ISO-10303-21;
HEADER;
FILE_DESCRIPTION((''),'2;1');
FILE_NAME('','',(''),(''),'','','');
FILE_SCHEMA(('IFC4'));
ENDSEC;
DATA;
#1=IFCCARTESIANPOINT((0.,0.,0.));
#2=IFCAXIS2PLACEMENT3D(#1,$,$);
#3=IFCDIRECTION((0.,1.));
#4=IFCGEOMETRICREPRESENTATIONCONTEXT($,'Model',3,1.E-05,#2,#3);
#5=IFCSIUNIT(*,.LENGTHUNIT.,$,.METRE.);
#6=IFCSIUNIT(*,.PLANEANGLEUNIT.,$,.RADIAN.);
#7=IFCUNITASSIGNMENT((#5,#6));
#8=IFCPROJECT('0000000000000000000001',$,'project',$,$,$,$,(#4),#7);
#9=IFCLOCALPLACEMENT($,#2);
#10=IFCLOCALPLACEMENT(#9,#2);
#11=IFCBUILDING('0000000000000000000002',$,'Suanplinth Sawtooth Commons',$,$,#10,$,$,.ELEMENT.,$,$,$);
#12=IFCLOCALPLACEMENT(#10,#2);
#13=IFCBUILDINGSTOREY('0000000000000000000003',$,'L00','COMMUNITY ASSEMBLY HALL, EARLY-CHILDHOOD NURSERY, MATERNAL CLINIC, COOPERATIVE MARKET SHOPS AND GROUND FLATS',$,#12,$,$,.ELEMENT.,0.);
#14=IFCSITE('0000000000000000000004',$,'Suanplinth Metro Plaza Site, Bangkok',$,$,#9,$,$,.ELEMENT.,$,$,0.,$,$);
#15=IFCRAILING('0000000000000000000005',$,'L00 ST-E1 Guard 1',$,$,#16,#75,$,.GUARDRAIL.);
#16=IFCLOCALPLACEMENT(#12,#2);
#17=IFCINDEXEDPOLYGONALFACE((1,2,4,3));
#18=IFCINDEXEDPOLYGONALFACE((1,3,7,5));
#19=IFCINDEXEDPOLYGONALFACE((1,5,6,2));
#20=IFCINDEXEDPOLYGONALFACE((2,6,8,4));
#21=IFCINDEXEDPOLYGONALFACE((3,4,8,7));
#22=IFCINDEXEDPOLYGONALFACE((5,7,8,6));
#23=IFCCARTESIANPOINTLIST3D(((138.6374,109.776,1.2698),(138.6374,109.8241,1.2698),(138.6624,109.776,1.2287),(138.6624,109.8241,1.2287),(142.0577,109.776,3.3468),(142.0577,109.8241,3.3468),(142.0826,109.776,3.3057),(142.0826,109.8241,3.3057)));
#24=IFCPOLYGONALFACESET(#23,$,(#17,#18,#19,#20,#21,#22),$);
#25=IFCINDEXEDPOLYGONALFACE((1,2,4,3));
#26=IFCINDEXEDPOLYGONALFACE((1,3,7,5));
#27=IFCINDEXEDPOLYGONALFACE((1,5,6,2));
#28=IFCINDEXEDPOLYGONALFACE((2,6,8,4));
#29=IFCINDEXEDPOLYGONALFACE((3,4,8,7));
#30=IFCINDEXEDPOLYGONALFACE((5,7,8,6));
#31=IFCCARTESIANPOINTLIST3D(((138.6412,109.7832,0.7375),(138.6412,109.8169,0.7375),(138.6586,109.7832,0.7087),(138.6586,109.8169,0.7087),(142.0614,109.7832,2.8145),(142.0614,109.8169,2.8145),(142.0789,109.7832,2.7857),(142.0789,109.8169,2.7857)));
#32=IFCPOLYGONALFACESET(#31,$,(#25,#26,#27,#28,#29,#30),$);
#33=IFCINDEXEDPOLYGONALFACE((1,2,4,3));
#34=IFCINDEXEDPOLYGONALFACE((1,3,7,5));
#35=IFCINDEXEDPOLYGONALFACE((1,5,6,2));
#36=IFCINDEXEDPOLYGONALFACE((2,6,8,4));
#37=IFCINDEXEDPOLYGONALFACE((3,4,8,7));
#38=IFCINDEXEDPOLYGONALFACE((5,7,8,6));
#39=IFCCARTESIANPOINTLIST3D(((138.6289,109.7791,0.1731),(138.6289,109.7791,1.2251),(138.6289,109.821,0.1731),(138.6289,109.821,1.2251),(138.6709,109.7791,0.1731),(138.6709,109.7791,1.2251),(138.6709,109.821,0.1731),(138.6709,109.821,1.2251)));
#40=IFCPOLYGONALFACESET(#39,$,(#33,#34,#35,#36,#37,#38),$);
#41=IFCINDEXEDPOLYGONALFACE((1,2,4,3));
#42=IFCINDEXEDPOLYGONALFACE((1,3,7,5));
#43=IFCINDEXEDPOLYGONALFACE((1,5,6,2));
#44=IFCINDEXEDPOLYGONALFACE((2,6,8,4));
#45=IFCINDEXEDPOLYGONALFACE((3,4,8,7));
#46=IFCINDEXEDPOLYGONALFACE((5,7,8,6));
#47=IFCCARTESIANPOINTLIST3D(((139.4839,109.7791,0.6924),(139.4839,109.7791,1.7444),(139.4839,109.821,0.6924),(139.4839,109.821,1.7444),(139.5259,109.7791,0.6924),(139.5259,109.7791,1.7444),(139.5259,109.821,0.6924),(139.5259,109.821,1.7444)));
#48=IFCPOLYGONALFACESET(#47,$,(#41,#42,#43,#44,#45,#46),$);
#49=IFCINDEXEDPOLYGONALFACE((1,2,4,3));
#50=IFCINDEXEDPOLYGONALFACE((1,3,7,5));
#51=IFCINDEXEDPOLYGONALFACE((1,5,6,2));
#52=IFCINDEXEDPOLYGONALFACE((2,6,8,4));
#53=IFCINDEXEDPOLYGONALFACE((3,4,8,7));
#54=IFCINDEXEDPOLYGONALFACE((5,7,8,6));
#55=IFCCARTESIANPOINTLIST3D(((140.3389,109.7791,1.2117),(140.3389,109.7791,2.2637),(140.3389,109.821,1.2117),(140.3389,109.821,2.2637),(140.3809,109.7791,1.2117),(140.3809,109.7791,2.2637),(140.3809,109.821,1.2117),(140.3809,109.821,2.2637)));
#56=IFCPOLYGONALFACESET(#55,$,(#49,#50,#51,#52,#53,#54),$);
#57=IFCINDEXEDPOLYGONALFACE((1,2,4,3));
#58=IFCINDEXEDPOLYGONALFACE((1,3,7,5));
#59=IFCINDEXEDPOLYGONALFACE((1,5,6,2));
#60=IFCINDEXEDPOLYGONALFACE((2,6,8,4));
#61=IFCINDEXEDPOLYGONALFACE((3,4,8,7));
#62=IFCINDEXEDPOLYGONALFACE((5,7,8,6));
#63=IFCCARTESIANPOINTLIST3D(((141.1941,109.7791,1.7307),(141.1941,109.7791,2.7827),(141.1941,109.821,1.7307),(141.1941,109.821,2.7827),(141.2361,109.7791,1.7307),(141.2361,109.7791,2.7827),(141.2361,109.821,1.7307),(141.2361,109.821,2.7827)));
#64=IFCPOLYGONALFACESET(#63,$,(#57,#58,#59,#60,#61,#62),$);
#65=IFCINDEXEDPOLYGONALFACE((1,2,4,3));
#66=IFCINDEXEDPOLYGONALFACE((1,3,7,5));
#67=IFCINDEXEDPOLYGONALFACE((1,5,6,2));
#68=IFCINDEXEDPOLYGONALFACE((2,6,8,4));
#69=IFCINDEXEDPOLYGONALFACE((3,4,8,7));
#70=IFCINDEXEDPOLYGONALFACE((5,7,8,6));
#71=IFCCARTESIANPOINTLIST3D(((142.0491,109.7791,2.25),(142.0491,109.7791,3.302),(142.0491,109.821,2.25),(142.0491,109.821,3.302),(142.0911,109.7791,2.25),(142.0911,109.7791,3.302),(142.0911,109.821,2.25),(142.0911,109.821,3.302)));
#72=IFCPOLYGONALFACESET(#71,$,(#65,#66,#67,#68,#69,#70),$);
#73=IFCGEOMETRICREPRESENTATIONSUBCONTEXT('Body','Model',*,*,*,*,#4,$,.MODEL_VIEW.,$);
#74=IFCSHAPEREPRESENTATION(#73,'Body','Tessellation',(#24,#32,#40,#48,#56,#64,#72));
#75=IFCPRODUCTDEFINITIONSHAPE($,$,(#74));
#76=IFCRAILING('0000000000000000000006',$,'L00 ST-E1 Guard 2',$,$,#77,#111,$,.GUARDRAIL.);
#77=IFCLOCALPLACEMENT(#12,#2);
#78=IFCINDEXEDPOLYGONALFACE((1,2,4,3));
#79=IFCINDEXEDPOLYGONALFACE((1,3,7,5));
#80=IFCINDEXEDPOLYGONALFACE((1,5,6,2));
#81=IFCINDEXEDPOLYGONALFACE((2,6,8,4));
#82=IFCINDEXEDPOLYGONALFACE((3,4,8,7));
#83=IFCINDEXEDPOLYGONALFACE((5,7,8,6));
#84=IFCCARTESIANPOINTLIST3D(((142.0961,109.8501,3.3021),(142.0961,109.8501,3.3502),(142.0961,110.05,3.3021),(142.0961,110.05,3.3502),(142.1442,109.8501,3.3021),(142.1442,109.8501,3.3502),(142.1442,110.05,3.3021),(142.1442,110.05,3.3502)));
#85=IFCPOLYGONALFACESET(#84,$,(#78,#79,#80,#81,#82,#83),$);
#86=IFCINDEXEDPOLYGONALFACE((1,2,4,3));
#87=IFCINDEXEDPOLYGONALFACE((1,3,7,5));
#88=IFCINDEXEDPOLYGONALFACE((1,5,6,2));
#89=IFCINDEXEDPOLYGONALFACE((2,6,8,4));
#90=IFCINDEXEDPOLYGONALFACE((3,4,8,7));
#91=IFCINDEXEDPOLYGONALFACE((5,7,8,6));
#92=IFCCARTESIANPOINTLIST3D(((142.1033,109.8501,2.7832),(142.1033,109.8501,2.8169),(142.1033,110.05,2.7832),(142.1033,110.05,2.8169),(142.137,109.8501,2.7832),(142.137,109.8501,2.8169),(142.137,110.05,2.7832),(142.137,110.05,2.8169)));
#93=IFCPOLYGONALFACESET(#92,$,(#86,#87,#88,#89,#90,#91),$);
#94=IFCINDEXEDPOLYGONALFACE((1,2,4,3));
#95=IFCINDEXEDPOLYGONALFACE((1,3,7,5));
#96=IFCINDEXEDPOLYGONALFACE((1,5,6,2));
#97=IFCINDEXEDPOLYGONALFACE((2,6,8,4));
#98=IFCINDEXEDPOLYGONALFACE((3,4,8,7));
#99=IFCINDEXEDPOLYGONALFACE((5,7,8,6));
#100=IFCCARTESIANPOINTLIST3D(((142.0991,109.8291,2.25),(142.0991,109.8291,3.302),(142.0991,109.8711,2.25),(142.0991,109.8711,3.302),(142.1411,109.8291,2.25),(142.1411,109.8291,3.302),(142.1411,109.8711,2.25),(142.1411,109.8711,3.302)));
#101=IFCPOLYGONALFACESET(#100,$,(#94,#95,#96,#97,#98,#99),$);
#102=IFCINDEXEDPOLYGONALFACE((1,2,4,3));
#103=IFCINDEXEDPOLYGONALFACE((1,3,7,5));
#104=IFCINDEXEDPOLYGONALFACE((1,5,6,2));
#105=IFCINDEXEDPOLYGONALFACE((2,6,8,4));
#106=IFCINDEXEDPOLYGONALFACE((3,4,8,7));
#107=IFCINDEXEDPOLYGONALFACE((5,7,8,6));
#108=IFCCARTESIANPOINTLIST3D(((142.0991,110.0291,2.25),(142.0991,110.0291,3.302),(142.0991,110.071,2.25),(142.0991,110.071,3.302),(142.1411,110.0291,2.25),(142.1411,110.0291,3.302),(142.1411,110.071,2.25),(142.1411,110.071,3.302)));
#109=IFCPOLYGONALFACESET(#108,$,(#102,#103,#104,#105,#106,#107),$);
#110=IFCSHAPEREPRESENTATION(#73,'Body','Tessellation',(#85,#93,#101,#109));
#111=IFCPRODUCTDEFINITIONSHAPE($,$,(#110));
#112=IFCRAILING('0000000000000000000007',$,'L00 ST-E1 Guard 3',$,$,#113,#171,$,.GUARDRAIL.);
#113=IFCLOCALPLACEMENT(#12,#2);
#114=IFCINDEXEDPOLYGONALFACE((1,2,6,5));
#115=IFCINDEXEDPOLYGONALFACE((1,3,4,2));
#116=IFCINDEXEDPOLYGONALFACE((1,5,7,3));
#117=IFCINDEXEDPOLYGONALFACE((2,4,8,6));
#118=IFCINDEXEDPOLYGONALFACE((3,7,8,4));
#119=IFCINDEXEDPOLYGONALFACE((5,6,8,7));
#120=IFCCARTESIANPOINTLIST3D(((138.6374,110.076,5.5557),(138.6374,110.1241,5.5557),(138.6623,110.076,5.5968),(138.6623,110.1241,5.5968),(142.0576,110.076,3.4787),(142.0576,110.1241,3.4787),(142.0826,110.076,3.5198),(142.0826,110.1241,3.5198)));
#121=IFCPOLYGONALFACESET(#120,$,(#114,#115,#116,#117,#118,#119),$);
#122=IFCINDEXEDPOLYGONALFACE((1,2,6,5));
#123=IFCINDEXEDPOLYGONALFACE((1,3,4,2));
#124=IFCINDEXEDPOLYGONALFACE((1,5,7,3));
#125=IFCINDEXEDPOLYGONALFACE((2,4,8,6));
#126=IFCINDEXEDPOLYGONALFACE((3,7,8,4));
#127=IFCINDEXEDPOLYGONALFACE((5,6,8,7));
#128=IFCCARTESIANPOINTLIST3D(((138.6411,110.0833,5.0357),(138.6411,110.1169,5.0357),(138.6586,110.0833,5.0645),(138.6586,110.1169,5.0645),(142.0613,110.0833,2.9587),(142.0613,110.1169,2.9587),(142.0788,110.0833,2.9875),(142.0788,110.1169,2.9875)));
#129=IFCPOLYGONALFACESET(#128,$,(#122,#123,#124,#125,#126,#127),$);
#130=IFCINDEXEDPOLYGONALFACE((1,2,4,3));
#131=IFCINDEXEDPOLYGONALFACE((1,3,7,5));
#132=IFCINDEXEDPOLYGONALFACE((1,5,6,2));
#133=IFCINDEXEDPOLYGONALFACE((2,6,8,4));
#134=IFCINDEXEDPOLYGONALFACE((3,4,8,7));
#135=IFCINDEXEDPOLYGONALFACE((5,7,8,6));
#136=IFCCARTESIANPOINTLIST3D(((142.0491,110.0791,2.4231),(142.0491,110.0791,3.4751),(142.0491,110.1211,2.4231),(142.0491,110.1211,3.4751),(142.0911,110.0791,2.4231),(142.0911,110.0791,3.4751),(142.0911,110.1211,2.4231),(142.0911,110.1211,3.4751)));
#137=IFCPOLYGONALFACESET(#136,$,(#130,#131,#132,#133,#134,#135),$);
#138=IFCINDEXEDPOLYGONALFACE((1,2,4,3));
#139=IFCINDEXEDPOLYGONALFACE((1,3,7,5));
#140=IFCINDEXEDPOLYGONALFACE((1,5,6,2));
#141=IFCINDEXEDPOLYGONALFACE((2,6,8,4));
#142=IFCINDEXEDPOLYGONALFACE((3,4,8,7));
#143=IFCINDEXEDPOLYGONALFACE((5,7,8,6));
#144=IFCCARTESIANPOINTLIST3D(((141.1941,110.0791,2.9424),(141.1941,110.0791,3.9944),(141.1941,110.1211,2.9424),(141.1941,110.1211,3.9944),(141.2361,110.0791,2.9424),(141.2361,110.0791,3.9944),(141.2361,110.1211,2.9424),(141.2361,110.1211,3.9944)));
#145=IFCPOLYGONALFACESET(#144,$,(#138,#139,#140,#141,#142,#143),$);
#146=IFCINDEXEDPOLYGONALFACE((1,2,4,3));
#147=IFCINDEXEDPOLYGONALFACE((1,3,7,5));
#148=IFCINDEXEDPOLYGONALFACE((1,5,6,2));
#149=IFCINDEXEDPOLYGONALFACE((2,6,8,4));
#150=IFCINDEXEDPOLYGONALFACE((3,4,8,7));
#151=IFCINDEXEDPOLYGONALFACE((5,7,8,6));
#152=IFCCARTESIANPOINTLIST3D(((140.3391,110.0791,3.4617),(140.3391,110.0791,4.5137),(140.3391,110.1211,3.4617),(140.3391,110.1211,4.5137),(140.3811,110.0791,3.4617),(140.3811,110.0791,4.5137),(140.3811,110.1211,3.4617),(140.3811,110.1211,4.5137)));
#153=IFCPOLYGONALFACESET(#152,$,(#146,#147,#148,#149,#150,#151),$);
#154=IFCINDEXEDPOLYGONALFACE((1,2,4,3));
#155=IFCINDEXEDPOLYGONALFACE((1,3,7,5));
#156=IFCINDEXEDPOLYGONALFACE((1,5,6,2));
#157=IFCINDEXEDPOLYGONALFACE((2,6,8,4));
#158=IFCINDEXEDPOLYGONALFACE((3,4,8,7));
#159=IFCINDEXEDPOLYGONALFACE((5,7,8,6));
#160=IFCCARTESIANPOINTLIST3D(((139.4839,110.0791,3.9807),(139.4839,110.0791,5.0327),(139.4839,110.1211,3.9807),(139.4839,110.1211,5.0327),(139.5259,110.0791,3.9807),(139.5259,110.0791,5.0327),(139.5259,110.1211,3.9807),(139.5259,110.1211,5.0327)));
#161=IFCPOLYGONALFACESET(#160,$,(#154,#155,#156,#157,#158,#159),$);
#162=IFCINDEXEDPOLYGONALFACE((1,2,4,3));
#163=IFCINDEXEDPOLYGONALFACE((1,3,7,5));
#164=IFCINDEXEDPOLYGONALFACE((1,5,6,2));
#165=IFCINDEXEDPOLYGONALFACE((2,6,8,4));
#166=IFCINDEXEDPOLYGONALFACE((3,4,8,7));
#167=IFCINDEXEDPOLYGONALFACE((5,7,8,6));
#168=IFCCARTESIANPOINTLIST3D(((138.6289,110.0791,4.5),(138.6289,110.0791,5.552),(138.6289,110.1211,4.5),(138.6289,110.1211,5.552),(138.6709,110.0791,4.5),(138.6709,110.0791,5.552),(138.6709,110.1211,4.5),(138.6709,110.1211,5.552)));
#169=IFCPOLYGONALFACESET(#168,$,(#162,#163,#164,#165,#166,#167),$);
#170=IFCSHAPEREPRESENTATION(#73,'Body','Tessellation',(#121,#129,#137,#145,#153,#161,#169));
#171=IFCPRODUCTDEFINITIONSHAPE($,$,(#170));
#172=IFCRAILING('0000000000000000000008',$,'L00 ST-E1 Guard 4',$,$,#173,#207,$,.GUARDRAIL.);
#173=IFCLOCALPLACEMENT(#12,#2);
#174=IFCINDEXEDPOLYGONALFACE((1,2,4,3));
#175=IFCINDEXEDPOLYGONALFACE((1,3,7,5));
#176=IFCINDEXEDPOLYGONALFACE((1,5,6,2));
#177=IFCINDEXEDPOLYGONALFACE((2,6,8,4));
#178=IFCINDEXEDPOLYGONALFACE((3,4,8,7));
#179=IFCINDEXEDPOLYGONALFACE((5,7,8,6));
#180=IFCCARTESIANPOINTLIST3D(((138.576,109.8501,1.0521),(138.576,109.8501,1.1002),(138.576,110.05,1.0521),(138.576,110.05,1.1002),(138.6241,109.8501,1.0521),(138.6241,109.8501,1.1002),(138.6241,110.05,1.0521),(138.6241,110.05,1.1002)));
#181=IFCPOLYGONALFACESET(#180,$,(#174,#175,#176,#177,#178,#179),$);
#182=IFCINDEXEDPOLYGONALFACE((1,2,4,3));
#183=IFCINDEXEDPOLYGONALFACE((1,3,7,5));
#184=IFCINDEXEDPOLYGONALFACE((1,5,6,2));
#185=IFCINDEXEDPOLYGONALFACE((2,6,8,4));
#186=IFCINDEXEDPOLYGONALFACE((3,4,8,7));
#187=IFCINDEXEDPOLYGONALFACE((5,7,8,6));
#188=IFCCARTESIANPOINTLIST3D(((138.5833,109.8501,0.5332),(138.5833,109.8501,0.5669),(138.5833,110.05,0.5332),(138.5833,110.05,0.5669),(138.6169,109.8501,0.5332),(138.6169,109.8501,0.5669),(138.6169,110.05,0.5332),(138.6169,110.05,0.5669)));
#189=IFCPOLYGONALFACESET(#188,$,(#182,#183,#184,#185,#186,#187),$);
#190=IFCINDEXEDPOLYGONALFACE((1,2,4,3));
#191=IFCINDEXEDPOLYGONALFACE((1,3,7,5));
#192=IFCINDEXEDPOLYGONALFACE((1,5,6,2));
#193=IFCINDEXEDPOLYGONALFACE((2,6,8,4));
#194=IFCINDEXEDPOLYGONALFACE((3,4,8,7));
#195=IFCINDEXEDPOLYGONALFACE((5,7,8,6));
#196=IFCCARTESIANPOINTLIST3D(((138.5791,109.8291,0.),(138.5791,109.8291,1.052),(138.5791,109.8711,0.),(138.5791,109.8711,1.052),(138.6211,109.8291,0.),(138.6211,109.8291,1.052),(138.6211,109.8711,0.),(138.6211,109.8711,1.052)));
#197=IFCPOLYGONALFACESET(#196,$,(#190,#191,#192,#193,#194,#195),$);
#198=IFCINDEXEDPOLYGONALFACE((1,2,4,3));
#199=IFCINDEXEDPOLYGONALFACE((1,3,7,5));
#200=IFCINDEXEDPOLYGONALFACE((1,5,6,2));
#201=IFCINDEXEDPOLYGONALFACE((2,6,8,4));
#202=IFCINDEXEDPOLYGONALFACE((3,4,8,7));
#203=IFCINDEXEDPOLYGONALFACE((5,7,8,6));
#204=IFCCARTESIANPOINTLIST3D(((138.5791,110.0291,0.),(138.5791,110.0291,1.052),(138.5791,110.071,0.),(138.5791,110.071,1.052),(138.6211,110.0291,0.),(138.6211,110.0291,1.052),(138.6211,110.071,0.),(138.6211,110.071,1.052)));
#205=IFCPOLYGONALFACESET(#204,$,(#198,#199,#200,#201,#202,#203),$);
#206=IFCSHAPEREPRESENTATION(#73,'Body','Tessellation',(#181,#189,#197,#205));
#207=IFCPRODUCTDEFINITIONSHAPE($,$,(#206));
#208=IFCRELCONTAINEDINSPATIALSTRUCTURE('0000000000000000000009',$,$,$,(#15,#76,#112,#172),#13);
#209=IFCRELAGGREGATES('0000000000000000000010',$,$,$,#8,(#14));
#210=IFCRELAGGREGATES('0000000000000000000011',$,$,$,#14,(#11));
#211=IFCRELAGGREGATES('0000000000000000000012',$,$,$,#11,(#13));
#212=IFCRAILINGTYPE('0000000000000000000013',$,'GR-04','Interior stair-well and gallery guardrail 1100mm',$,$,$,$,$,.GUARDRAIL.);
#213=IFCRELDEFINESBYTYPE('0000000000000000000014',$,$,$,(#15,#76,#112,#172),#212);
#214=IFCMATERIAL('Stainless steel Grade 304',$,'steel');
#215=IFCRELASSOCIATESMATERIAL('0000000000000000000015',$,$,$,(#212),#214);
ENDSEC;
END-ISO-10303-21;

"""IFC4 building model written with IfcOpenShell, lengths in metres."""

from ifc_helpers import new_model, si_unit, direction, frame, origin, origin_2d, place, context, subcontext, project, spatial, rectangle, extrude, material, type_object, element, save


model = new_model("IFC4")

# Units and contexts
model_context = context("Model", 3, precision=1e-05, world=origin(), true_north=direction((0.0, 1.0)))
body_context = subcontext(model_context, "Body", "Model", "MODEL_VIEW")
ifc_project = project(units=[si_unit("LENGTHUNIT", "METRE"), si_unit("PLANEANGLEUNIT", "RADIAN")], contexts=[model_context])

# Site, building, storey
site_placement = place(None, origin())
site = spatial("IfcSite", under=ifc_project, at=site_placement, Name="Suanplinth Metro Plaza Site, Bangkok", CompositionType="ELEMENT", RefElevation=0.0)
building_placement = place(site_placement, origin())
building = spatial("IfcBuilding", under=site, at=building_placement, Name="Suanplinth Sawtooth Commons", CompositionType="ELEMENT")
storey_placement = place(building_placement, origin())
storey = spatial("IfcBuildingStorey", under=building, at=storey_placement, Name="L00", Description="COMMUNITY ASSEMBLY HALL, EARLY-CHILDHOOD NURSERY, MATERNAL CLINIC, COOPERATIVE MARKET SHOPS AND GROUND FLATS", CompositionType="ELEMENT", Elevation=0.0)

# Shared definitions
ifc_material_1 = material(Name="Stainless steel Grade 304", Category="steel")

# Railings
railing_type_1 = type_object("IfcRailingType", Name="GR-04", Description="Interior stair-well and gallery guardrail 1100mm", PredefinedType="GUARDRAIL", material=ifc_material_1)
railing_1_placement = place(storey_placement, frame((138.6499, 109.8, 0.1731)))
element("IfcRailing", 1, at=railing_1_placement, inside=storey, type_object=railing_type_1, Name="L00 ST-E1 Guard 1", PredefinedType="GUARDRAIL", context=body_context, shape_type="SweptSolid", body=[
    extrude(rectangle(XDim=0.0481, YDim=0.0481, at=origin_2d()), frame((0.0, 0.0, 1.0762), z_axis=(0.854746, 0.0, 0.519047), x_axis=(0.0, 1.0, 0.0)), (0.0, 0.0, 1.0), 4.0015),
    extrude(rectangle(XDim=0.0337, YDim=0.0337, at=origin_2d()), frame((0.0, 0.0, 0.55), z_axis=(0.854746, 0.0, 0.519047), x_axis=(0.0, 1.0, 0.0)), (0.0, 0.0, 1.0), 4.0015),
    extrude(rectangle(XDim=0.042, YDim=0.042, at=origin_2d()), origin(), (0.0, 0.0, 1.0), 1.052),
    extrude(rectangle(XDim=0.042, YDim=0.042, at=origin_2d()), frame((0.855, 0.0, 0.5193)), (0.0, 0.0, 1.0), 1.052),
    extrude(rectangle(XDim=0.042, YDim=0.042, at=origin_2d()), frame((1.71, 0.0, 1.0386)), (0.0, 0.0, 1.0), 1.052),
    extrude(rectangle(XDim=0.042, YDim=0.042, at=origin_2d()), frame((2.5652, 0.0, 1.5576)), (0.0, 0.0, 1.0), 1.052),
    extrude(rectangle(XDim=0.042, YDim=0.042, at=origin_2d()), frame((3.4202, 0.0, 2.0769)), (0.0, 0.0, 1.0), 1.052),
])
railing_2_placement = place(storey_placement, frame((142.1201, 109.8501, 2.25)))
element("IfcRailing", 2, at=railing_2_placement, inside=storey, type_object=railing_type_1, Name="L00 ST-E1 Guard 2", PredefinedType="GUARDRAIL", context=body_context, shape_type="SweptSolid", body=[
    extrude(rectangle(XDim=0.0481, YDim=0.0481, at=origin_2d()), frame((0.0, 0.0, 1.0762), z_axis=(0.0, 1.0, 0.0), x_axis=(-1.0, 0.0, 0.0)), (0.0, 0.0, 1.0), 0.2),
    extrude(rectangle(XDim=0.0337, YDim=0.0337, at=origin_2d()), frame((0.0, 0.0, 0.55), z_axis=(0.0, 1.0, 0.0), x_axis=(-1.0, 0.0, 0.0)), (0.0, 0.0, 1.0), 0.2),
    extrude(rectangle(XDim=0.042, YDim=0.042, at=origin_2d()), origin(), (0.0, 0.0, 1.0), 1.052),
    extrude(rectangle(XDim=0.042, YDim=0.042, at=origin_2d()), frame((0.0, 0.2, 0.0)), (0.0, 0.0, 1.0), 1.052),
])
railing_3_placement = place(storey_placement, frame((142.0701, 110.1001, 2.4231)))
element("IfcRailing", 3, at=railing_3_placement, inside=storey, type_object=railing_type_1, Name="L00 ST-E1 Guard 3", PredefinedType="GUARDRAIL", context=body_context, shape_type="SweptSolid", body=[
    extrude(rectangle(XDim=0.0481, YDim=0.0481, at=origin_2d()), frame((0.0, 0.0, 1.0762), z_axis=(-0.854746, 0.0, 0.519047), x_axis=(0.0, -1.0, 0.0)), (0.0, 0.0, 1.0), 4.0015),
    extrude(rectangle(XDim=0.0337, YDim=0.0337, at=origin_2d()), frame((0.0, 0.0, 0.55), z_axis=(-0.854746, 0.0, 0.519047), x_axis=(0.0, -1.0, 0.0)), (0.0, 0.0, 1.0), 4.0015),
    extrude(rectangle(XDim=0.042, YDim=0.042, at=origin_2d()), origin(), (0.0, 0.0, 1.0), 1.052),
    extrude(rectangle(XDim=0.042, YDim=0.042, at=origin_2d()), frame((-0.855, 0.0, 0.5193)), (0.0, 0.0, 1.0), 1.052),
    extrude(rectangle(XDim=0.042, YDim=0.042, at=origin_2d()), frame((-1.71, 0.0, 1.0386)), (0.0, 0.0, 1.0), 1.052),
    extrude(rectangle(XDim=0.042, YDim=0.042, at=origin_2d()), frame((-2.5652, 0.0, 1.5576)), (0.0, 0.0, 1.0), 1.052),
    extrude(rectangle(XDim=0.042, YDim=0.042, at=origin_2d()), frame((-3.4202, 0.0, 2.0769)), (0.0, 0.0, 1.0), 1.052),
])
railing_4_placement = place(storey_placement, frame((138.6001, 109.8501, 0.0)))
element("IfcRailing", 4, at=railing_4_placement, inside=storey, type_object=railing_type_1, Name="L00 ST-E1 Guard 4", PredefinedType="GUARDRAIL", context=body_context, shape_type="SweptSolid", body=[
    extrude(rectangle(XDim=0.0481, YDim=0.0481, at=origin_2d()), frame((0.0, 0.0, 1.0762), z_axis=(0.0, 1.0, 0.0), x_axis=(-1.0, 0.0, 0.0)), (0.0, 0.0, 1.0), 0.2),
    extrude(rectangle(XDim=0.0337, YDim=0.0337, at=origin_2d()), frame((0.0, 0.0, 0.55), z_axis=(0.0, 1.0, 0.0), x_axis=(-1.0, 0.0, 0.0)), (0.0, 0.0, 1.0), 0.2),
    extrude(rectangle(XDim=0.042, YDim=0.042, at=origin_2d()), origin(), (0.0, 0.0, 1.0), 1.052),
    extrude(rectangle(XDim=0.042, YDim=0.042, at=origin_2d()), frame((0.0, 0.2, 0.0)), (0.0, 0.0, 1.0), 1.052),
])

save(model, "model.ifc")
